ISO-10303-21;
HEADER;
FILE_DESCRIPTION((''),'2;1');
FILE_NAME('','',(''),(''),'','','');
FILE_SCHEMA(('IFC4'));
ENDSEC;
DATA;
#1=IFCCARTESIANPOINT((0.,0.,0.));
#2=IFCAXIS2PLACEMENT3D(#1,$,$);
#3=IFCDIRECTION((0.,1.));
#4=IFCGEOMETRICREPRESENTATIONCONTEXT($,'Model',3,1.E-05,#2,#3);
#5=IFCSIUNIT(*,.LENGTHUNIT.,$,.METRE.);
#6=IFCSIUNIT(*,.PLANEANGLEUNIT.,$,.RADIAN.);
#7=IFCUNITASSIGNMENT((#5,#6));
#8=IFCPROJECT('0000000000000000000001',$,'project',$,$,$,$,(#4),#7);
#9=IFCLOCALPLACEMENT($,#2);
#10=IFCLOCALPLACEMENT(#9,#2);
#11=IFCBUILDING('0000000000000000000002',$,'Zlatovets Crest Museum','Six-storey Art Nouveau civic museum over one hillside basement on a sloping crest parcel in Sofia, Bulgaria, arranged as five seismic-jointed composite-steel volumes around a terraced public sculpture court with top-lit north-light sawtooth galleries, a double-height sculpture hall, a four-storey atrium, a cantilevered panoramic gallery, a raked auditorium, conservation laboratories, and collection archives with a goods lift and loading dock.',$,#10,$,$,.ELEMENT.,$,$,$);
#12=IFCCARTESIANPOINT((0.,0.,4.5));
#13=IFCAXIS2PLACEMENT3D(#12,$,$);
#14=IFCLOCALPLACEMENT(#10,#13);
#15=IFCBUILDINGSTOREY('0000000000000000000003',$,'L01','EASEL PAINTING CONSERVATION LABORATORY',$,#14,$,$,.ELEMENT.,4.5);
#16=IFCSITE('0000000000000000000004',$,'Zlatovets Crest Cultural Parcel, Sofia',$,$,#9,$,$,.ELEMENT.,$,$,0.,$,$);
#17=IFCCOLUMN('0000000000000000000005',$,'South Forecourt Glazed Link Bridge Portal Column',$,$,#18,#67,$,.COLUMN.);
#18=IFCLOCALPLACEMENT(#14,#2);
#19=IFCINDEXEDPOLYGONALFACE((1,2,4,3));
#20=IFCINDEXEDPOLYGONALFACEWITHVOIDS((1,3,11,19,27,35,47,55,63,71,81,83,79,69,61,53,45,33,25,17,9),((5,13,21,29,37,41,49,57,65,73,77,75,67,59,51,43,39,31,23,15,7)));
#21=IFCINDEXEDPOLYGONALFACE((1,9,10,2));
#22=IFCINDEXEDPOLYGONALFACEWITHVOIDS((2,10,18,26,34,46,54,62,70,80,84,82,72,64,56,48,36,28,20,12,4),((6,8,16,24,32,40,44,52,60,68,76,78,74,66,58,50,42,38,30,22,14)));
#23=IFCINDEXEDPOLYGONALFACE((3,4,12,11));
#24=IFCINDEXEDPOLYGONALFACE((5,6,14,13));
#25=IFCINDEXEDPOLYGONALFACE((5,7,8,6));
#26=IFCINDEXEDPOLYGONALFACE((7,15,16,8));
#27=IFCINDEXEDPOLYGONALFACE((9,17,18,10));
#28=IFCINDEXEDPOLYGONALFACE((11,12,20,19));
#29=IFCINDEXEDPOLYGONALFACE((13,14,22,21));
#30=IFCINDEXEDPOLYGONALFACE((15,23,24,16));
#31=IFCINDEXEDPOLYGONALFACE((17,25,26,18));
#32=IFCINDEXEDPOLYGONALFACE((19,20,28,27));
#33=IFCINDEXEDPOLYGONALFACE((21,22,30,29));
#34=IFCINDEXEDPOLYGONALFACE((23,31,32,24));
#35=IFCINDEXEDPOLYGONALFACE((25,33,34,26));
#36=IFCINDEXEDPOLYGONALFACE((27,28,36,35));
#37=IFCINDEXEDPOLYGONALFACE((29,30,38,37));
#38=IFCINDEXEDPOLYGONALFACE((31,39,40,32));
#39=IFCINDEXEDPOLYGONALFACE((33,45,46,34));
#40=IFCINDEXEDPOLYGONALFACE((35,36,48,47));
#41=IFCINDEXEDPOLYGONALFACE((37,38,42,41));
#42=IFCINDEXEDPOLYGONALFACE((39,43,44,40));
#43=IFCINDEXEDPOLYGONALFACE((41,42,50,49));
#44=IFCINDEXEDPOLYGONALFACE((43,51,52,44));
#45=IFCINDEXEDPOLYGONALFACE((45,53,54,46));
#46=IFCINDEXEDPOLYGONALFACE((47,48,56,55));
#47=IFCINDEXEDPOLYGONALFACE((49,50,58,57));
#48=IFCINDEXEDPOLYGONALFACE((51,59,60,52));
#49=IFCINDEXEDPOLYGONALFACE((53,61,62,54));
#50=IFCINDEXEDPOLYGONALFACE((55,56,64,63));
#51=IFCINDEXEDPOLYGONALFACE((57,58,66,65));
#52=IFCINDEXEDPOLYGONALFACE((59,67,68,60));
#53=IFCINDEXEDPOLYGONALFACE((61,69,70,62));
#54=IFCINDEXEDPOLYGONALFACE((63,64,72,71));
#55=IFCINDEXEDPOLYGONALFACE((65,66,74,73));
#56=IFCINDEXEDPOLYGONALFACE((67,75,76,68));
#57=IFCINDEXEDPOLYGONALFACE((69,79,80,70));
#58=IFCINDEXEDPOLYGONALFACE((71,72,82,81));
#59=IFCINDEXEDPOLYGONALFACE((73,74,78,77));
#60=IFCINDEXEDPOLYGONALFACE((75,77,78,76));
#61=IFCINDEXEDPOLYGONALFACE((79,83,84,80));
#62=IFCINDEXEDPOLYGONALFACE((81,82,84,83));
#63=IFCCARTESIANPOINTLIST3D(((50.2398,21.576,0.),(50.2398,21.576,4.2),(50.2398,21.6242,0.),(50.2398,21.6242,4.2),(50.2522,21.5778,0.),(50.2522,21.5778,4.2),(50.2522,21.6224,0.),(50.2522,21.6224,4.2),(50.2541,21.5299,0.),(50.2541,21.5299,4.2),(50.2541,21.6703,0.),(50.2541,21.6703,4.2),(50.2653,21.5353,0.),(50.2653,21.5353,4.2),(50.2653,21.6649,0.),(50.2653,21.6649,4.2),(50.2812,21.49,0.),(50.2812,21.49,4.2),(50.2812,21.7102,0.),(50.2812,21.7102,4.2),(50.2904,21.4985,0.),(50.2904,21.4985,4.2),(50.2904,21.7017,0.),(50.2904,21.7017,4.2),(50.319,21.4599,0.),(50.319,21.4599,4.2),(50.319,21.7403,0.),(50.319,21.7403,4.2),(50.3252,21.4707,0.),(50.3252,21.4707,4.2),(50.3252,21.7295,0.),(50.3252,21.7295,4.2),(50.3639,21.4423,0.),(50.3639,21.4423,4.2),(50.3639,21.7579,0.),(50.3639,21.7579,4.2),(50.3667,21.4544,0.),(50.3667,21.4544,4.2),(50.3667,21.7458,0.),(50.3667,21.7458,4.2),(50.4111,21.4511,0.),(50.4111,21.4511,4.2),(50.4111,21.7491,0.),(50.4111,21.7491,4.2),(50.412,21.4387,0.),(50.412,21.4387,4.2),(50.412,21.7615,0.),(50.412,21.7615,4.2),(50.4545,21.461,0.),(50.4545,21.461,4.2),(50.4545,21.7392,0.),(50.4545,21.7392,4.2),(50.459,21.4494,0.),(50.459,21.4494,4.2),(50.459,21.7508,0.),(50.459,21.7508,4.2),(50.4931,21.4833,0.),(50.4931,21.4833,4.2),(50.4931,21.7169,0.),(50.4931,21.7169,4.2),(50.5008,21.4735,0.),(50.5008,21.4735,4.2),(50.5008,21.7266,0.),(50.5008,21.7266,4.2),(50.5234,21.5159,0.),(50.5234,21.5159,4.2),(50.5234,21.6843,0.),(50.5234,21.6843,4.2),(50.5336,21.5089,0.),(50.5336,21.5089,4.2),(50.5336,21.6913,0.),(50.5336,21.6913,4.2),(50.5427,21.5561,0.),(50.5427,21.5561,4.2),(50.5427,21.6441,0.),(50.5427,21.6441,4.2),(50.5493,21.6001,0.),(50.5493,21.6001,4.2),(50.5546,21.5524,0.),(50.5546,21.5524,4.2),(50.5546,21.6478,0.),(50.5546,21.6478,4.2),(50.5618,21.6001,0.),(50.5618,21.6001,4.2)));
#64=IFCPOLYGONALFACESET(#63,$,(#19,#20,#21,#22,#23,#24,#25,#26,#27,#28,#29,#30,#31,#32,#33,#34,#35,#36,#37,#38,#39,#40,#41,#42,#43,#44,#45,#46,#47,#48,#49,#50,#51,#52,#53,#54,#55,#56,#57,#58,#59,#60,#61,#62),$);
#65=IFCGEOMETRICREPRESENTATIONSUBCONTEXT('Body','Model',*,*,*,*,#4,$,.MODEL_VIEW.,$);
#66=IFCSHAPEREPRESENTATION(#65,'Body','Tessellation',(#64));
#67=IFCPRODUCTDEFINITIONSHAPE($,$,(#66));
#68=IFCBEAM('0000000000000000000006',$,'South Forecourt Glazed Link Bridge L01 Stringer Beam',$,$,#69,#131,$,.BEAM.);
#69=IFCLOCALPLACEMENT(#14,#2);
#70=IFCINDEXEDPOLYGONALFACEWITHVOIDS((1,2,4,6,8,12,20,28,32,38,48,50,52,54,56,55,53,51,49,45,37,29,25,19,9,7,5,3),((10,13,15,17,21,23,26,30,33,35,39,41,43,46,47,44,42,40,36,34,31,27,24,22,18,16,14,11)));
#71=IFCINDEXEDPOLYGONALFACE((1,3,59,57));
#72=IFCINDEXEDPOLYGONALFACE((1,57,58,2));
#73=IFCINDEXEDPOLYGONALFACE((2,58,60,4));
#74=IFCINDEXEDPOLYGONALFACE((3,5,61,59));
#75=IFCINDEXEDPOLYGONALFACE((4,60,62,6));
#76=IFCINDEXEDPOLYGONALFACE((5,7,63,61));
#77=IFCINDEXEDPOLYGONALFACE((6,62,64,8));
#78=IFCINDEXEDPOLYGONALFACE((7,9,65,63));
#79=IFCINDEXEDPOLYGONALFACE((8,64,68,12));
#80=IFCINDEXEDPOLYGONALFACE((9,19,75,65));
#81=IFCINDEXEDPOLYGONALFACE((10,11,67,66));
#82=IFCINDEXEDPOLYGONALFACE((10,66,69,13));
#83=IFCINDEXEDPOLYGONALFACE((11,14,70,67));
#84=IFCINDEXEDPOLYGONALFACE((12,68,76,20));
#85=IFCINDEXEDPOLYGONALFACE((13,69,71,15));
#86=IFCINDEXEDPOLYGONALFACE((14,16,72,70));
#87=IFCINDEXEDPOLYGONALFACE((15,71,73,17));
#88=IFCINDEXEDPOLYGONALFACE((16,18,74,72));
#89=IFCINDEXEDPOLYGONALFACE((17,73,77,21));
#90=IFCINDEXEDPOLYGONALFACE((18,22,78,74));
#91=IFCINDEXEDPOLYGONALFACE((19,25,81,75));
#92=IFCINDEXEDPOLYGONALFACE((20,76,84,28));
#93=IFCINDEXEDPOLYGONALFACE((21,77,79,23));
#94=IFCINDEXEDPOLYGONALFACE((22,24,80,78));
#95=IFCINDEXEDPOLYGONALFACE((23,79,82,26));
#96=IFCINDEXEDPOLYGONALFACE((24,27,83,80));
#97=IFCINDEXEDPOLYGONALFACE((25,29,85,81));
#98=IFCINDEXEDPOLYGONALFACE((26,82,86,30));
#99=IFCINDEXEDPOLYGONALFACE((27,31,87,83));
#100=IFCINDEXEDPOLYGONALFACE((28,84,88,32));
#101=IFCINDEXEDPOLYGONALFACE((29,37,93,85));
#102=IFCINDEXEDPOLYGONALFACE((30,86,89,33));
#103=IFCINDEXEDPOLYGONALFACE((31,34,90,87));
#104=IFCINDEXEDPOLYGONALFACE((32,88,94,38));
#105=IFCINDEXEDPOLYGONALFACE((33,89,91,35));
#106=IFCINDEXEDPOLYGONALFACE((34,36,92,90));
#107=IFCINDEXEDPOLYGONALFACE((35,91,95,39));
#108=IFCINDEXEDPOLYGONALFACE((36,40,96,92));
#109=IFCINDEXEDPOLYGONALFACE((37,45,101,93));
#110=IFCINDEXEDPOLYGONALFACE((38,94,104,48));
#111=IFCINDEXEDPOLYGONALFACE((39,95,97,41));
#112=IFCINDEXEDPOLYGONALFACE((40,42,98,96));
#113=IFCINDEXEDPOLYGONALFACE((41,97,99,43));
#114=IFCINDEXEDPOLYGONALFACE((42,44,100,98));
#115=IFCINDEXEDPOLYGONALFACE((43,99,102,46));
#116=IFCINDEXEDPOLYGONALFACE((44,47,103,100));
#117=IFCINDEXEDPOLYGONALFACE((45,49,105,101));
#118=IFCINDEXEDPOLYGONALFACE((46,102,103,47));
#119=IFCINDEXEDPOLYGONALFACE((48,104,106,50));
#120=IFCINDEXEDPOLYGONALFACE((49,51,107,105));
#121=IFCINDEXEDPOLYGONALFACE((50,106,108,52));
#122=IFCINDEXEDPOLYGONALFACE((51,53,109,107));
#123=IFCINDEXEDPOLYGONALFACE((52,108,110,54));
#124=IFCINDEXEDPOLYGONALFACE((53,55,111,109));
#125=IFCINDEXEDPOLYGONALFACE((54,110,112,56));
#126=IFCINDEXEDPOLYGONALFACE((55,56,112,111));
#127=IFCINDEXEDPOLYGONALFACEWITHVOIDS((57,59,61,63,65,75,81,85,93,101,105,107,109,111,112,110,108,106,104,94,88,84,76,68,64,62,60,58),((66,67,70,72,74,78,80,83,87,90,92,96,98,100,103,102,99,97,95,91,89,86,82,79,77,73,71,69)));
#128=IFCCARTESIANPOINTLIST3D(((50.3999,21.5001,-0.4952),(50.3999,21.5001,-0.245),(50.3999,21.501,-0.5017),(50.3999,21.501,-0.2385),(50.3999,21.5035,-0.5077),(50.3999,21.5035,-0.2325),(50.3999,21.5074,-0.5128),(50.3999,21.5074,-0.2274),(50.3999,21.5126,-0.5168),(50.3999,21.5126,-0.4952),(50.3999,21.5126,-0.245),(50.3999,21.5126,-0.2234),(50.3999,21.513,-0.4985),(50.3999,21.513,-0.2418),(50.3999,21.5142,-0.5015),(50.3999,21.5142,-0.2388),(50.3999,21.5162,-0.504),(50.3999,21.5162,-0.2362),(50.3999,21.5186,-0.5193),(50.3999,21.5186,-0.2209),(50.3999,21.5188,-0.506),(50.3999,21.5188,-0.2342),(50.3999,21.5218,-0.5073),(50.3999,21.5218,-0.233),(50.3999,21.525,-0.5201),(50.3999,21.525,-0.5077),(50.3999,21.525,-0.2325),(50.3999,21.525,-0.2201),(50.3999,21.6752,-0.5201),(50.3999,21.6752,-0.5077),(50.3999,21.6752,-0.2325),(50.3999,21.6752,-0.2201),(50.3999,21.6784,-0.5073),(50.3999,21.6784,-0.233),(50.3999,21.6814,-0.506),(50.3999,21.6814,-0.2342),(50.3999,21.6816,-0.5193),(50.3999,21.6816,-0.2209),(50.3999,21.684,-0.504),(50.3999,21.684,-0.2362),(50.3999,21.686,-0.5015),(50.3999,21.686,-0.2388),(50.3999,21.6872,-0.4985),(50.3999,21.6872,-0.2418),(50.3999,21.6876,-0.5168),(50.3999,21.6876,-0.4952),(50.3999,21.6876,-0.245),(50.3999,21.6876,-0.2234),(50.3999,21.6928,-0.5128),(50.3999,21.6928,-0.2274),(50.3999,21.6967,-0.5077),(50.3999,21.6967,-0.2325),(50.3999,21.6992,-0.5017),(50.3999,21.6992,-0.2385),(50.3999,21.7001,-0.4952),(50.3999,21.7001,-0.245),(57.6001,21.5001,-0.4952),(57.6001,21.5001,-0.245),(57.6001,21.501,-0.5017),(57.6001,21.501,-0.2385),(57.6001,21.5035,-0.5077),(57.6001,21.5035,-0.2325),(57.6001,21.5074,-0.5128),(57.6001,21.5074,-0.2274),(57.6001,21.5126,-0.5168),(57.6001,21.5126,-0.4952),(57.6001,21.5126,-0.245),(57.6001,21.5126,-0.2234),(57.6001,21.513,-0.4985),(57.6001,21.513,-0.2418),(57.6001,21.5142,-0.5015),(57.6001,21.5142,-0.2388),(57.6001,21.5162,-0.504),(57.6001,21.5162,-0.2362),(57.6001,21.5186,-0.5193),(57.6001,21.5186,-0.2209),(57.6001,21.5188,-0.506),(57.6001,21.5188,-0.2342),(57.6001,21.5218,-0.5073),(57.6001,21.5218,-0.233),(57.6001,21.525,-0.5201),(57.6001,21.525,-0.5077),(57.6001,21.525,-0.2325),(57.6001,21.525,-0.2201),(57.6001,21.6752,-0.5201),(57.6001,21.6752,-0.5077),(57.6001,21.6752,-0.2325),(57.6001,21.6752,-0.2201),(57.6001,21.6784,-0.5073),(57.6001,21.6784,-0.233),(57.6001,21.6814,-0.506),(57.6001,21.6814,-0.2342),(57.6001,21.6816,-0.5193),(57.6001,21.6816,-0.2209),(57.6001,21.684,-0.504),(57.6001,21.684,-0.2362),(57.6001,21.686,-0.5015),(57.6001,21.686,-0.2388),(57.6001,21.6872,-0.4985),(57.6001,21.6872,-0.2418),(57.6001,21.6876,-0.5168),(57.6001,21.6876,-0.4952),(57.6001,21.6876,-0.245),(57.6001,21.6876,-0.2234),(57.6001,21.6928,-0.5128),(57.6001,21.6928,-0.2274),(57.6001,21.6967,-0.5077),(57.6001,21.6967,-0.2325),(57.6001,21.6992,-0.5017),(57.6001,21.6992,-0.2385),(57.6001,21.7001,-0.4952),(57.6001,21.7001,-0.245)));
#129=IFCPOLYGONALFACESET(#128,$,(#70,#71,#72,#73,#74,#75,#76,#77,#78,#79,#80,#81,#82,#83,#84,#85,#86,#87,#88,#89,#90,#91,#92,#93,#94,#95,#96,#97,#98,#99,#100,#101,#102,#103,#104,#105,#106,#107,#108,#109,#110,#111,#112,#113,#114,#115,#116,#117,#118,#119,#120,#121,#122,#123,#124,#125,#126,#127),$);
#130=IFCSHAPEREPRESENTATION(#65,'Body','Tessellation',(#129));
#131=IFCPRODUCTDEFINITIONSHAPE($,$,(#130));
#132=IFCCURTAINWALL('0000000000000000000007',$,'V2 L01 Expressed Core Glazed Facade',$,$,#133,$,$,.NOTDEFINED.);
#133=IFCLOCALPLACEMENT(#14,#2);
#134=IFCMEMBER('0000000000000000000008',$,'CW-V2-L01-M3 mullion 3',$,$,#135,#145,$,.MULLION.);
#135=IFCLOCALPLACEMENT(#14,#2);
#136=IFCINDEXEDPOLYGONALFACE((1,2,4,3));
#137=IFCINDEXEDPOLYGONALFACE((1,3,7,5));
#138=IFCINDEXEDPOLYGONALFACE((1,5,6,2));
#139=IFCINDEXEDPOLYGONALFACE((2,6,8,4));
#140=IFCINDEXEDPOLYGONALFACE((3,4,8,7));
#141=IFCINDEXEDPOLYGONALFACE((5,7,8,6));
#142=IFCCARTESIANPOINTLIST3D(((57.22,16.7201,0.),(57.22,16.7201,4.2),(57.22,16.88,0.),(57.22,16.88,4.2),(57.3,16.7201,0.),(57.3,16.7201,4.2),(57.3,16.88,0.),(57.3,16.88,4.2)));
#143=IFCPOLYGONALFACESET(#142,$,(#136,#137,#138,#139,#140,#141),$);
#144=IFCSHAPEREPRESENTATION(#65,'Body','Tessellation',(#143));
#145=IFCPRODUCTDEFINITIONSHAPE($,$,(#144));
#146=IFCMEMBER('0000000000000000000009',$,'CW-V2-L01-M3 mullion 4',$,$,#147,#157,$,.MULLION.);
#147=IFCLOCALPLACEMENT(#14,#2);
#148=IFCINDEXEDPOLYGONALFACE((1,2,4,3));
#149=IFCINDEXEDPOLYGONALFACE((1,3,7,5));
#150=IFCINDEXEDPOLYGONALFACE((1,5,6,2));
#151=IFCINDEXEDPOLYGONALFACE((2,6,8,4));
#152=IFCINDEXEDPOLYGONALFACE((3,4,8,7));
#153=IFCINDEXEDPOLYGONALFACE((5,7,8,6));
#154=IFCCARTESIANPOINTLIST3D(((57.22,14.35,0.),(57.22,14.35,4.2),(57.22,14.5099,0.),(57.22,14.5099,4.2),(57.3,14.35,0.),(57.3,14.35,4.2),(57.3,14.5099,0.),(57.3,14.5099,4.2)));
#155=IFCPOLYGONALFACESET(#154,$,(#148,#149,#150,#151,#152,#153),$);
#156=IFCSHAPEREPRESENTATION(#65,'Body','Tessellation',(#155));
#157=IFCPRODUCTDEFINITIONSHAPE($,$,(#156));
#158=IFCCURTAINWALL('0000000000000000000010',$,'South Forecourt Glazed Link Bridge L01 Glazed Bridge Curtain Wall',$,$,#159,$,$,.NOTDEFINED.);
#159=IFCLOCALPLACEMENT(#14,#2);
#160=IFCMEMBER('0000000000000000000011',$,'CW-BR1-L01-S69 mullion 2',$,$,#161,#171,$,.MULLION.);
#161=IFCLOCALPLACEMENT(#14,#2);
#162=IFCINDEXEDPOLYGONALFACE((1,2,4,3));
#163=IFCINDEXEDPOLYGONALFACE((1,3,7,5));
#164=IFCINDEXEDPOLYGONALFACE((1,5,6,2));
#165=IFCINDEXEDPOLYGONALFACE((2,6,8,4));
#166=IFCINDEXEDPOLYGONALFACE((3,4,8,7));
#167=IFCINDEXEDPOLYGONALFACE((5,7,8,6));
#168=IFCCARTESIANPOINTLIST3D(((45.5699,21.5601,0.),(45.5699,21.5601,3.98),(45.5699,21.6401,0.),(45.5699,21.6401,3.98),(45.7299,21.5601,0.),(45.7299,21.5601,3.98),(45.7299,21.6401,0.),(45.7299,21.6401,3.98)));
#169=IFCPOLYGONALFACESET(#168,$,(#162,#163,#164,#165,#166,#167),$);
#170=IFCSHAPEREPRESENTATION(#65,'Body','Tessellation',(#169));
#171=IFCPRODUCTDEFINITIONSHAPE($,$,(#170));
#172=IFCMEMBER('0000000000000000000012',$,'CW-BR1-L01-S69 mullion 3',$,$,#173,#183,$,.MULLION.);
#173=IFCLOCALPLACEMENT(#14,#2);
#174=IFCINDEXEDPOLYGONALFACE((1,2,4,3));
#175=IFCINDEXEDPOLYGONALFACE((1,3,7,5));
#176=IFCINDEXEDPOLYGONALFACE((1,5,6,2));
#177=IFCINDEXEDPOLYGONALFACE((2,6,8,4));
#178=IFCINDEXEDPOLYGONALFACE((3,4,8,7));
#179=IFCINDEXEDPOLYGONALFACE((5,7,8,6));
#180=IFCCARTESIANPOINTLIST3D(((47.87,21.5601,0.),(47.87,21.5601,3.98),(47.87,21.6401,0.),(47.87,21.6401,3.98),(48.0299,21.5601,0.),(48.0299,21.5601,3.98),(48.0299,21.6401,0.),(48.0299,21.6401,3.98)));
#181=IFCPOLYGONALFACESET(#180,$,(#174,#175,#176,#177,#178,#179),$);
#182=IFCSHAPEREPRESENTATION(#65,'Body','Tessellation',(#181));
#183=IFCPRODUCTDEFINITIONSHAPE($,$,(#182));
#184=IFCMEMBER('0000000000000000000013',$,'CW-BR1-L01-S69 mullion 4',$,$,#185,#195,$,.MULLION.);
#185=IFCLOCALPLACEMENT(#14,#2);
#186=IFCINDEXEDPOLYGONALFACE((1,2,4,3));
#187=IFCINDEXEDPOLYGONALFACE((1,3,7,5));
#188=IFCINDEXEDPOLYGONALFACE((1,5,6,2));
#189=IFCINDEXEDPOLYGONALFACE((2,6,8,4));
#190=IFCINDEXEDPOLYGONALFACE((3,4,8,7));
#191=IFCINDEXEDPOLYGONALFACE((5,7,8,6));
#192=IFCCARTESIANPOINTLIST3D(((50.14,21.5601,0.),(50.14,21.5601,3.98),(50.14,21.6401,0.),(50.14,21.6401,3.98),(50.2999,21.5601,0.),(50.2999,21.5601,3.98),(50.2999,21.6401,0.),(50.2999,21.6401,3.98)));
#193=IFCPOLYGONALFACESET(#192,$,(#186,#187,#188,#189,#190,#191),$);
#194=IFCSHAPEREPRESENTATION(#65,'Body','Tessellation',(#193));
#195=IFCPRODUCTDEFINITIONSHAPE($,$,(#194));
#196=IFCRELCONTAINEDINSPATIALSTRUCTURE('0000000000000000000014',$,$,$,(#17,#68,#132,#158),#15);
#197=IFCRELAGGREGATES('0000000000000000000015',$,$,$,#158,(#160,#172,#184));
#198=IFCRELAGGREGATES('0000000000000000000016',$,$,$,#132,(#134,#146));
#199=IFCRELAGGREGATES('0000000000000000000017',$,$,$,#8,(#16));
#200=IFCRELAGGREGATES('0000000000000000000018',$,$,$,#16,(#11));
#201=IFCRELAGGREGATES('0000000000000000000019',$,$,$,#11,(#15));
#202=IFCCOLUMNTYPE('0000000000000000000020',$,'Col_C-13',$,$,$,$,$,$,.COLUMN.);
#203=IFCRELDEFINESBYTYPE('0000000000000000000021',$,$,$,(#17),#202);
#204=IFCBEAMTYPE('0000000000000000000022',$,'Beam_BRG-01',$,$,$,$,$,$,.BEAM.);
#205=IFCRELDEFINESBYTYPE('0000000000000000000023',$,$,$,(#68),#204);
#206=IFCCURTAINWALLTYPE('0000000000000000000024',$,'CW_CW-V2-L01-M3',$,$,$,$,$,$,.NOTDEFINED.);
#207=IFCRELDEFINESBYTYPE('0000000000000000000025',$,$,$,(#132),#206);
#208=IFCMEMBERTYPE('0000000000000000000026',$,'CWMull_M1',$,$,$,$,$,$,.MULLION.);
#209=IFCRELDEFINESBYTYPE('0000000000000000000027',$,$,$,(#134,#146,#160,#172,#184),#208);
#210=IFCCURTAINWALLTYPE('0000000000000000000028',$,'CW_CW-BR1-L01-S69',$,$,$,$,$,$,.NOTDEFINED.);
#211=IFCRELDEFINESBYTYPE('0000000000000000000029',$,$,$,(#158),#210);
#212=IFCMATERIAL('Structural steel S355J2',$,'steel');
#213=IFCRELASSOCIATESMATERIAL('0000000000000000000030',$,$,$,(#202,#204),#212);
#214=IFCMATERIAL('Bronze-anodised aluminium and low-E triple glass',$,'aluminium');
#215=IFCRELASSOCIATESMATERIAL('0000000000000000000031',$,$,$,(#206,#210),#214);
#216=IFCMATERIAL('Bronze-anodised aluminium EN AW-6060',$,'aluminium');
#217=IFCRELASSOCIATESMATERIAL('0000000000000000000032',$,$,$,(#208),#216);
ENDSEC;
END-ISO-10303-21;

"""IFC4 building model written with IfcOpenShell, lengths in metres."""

from ifc_helpers import new_model, si_unit, direction, frame, origin, origin_2d, place, context, subcontext, project, spatial, rectangle, hollow_rectangle, hollow_circle, extrude, material, material_profile, profile_set, type_object, element, aggregate, save


model = new_model("IFC4")

# Units and contexts
model_context = context("Model", 3, precision=1e-05, world=origin(), true_north=direction((0.0, 1.0)))
body_context = subcontext(model_context, "Body", "Model", "MODEL_VIEW")
ifc_project = project(units=[si_unit("LENGTHUNIT", "METRE"), si_unit("PLANEANGLEUNIT", "RADIAN")], contexts=[model_context])

# Site, building, storey
site_placement = place(None, origin())
site = spatial("IfcSite", under=ifc_project, at=site_placement, Name="Zlatovets Crest Cultural Parcel, Sofia", CompositionType="ELEMENT", RefElevation=0.0)
building_placement = place(site_placement, origin())
building = spatial("IfcBuilding", under=site, at=building_placement, Name="Zlatovets Crest Museum", Description="Six-storey Art Nouveau civic museum over one hillside basement on a sloping crest parcel in Sofia, Bulgaria, arranged as five seismic-jointed composite-steel volumes around a terraced public sculpture court with top-lit north-light sawtooth galleries, a double-height sculpture hall, a four-storey atrium, a cantilevered panoramic gallery, a raked auditorium, conservation laboratories, and collection archives with a goods lift and loading dock.", CompositionType="ELEMENT")
storey_placement = place(building_placement, frame((0.0, 0.0, 4.5)))
storey = spatial("IfcBuildingStorey", under=building, at=storey_placement, Name="L01", Description="EASEL PAINTING CONSERVATION LABORATORY", CompositionType="ELEMENT", Elevation=4.5)

# Column
ifc_material_1 = material(Name="Structural steel S355J2", Category="steel")
ifc_material_profile_1 = material_profile(ifc_material_1, hollow_circle(Radius=0.1619, WallThickness=0.0125, at=origin_2d()), Name="CHS 323.9x12.5")
ifc_profile_set_1 = profile_set([ifc_material_profile_1], Name="Structural steel S355J2")
column_type = type_object("IfcColumnType", Name="Col_C-13", PredefinedType="COLUMN", material=ifc_profile_set_1)
column_placement = place(storey_placement, frame((50.3999, 21.6001, 0.0), z_axis=(0.0, 0.0, 1.0), x_axis=(1.0, 0.0, 0.0)))
element("IfcColumn", 1, at=column_placement, inside=storey, type_object=column_type, Name="South Forecourt Glazed Link Bridge Portal Column", PredefinedType="COLUMN", context=body_context, shape_type="SweptSolid", body=[
    extrude(hollow_circle(Radius=0.1619, WallThickness=0.0125, at=origin_2d()), origin(), (0.0, 0.0, 1.0), 4.2),
])

# Beam
ifc_material_profile_2 = material_profile(ifc_material_1, hollow_rectangle(XDim=0.2, YDim=0.3, WallThickness=0.0125, InnerFilletRadius=0.0125, OuterFilletRadius=0.0249, at=origin_2d()), Name="RHS 200x300x12.5")
ifc_profile_set_2 = profile_set([ifc_material_profile_2], Name="Structural steel S355J2")
beam_type = type_object("IfcBeamType", Name="Beam_BRG-01", PredefinedType="BEAM", material=ifc_profile_set_2)
beam_placement = place(storey_placement, frame((50.3999, 21.6001, -0.3701), z_axis=(1.0, 0.0, 0.0), x_axis=(0.0, 1.0, 0.0)))
element("IfcBeam", 2, at=beam_placement, inside=storey, type_object=beam_type, Name="South Forecourt Glazed Link Bridge L01 Stringer Beam", PredefinedType="BEAM", context=body_context, shape_type="SweptSolid", body=[
    extrude(hollow_rectangle(XDim=0.2, YDim=0.3, WallThickness=0.0125, InnerFilletRadius=0.0125, OuterFilletRadius=0.0249, at=origin_2d()), origin(), (0.0, 0.0, 1.0), 7.2002),
])

# Curtain walls, members
ifc_material_2 = material(Name="Bronze-anodised aluminium and low-E triple glass", Category="aluminium")
curtain_wall_type_1 = type_object("IfcCurtainWallType", Name="CW_CW-V2-L01-M3", PredefinedType="NOTDEFINED", material=ifc_material_2)
curtain_wall_1_placement = place(storey_placement, origin())
curtain_wall_1 = element("IfcCurtainWall", 3, at=curtain_wall_1_placement, inside=storey, type_object=curtain_wall_type_1, Name="V2 L01 Expressed Core Glazed Facade", PredefinedType="NOTDEFINED")
ifc_material_3 = material(Name="Bronze-anodised aluminium EN AW-6060", Category="aluminium")
ifc_material_profile_3 = material_profile(ifc_material_3, rectangle(XDim=0.0801, YDim=0.1599, at=origin_2d()), Name="ALU 80x160")
ifc_profile_set_3 = profile_set([ifc_material_profile_3], Name="Bronze-anodised aluminium EN AW-6060")
member_type_1 = type_object("IfcMemberType", Name="CWMull_M1", PredefinedType="MULLION", material=ifc_profile_set_3)
member_1_placement = place(storey_placement, frame((57.26, 16.8, 0.0), z_axis=(0.0, 0.0, 1.0), x_axis=(1.0, 0.0, 0.0)))
member_1 = element("IfcMember", 4, at=member_1_placement, type_object=member_type_1, Name="CW-V2-L01-M3 mullion 3", PredefinedType="MULLION", context=body_context, shape_type="SweptSolid", body=[
    extrude(rectangle(XDim=0.0801, YDim=0.1599, at=origin_2d()), origin(), (0.0, 0.0, 1.0), 4.2),
])
member_2_placement = place(storey_placement, frame((57.26, 14.4299, 0.0), z_axis=(0.0, 0.0, 1.0), x_axis=(1.0, 0.0, 0.0)))
member_2 = element("IfcMember", 5, at=member_2_placement, type_object=member_type_1, Name="CW-V2-L01-M3 mullion 4", PredefinedType="MULLION", context=body_context, shape_type="SweptSolid", body=[
    extrude(rectangle(XDim=0.0801, YDim=0.1599, at=origin_2d()), origin(), (0.0, 0.0, 1.0), 4.2),
])
curtain_wall_type_2 = type_object("IfcCurtainWallType", Name="CW_CW-BR1-L01-S69", PredefinedType="NOTDEFINED", material=ifc_material_2)
curtain_wall_2_placement = place(storey_placement, origin())
curtain_wall_2 = element("IfcCurtainWall", 6, at=curtain_wall_2_placement, inside=storey, type_object=curtain_wall_type_2, Name="South Forecourt Glazed Link Bridge L01 Glazed Bridge Curtain Wall", PredefinedType="NOTDEFINED")
member_3_placement = place(storey_placement, frame((45.6499, 21.6001, 0.0), z_axis=(0.0, 0.0, 1.0), x_axis=(0.0, 1.0, 0.0)))
member_3 = element("IfcMember", 7, at=member_3_placement, type_object=member_type_1, Name="CW-BR1-L01-S69 mullion 2", PredefinedType="MULLION", context=body_context, shape_type="SweptSolid", body=[
    extrude(rectangle(XDim=0.0801, YDim=0.1599, at=origin_2d()), origin(), (0.0, 0.0, 1.0), 3.98),
])
member_4_placement = place(storey_placement, frame((47.95, 21.6001, 0.0), z_axis=(0.0, 0.0, 1.0), x_axis=(0.0, 1.0, 0.0)))
member_4 = element("IfcMember", 8, at=member_4_placement, type_object=member_type_1, Name="CW-BR1-L01-S69 mullion 3", PredefinedType="MULLION", context=body_context, shape_type="SweptSolid", body=[
    extrude(rectangle(XDim=0.0801, YDim=0.1599, at=origin_2d()), origin(), (0.0, 0.0, 1.0), 3.98),
])
member_5_placement = place(storey_placement, frame((50.22, 21.6001, 0.0), z_axis=(0.0, 0.0, 1.0), x_axis=(0.0, 1.0, 0.0)))
member_5 = element("IfcMember", 9, at=member_5_placement, type_object=member_type_1, Name="CW-BR1-L01-S69 mullion 4", PredefinedType="MULLION", context=body_context, shape_type="SweptSolid", body=[
    extrude(rectangle(XDim=0.0801, YDim=0.1599, at=origin_2d()), origin(), (0.0, 0.0, 1.0), 3.98),
])

aggregate(curtain_wall_2, [member_3, member_4, member_5])
aggregate(curtain_wall_1, [member_1, member_2])

save(model, "model.ifc")
